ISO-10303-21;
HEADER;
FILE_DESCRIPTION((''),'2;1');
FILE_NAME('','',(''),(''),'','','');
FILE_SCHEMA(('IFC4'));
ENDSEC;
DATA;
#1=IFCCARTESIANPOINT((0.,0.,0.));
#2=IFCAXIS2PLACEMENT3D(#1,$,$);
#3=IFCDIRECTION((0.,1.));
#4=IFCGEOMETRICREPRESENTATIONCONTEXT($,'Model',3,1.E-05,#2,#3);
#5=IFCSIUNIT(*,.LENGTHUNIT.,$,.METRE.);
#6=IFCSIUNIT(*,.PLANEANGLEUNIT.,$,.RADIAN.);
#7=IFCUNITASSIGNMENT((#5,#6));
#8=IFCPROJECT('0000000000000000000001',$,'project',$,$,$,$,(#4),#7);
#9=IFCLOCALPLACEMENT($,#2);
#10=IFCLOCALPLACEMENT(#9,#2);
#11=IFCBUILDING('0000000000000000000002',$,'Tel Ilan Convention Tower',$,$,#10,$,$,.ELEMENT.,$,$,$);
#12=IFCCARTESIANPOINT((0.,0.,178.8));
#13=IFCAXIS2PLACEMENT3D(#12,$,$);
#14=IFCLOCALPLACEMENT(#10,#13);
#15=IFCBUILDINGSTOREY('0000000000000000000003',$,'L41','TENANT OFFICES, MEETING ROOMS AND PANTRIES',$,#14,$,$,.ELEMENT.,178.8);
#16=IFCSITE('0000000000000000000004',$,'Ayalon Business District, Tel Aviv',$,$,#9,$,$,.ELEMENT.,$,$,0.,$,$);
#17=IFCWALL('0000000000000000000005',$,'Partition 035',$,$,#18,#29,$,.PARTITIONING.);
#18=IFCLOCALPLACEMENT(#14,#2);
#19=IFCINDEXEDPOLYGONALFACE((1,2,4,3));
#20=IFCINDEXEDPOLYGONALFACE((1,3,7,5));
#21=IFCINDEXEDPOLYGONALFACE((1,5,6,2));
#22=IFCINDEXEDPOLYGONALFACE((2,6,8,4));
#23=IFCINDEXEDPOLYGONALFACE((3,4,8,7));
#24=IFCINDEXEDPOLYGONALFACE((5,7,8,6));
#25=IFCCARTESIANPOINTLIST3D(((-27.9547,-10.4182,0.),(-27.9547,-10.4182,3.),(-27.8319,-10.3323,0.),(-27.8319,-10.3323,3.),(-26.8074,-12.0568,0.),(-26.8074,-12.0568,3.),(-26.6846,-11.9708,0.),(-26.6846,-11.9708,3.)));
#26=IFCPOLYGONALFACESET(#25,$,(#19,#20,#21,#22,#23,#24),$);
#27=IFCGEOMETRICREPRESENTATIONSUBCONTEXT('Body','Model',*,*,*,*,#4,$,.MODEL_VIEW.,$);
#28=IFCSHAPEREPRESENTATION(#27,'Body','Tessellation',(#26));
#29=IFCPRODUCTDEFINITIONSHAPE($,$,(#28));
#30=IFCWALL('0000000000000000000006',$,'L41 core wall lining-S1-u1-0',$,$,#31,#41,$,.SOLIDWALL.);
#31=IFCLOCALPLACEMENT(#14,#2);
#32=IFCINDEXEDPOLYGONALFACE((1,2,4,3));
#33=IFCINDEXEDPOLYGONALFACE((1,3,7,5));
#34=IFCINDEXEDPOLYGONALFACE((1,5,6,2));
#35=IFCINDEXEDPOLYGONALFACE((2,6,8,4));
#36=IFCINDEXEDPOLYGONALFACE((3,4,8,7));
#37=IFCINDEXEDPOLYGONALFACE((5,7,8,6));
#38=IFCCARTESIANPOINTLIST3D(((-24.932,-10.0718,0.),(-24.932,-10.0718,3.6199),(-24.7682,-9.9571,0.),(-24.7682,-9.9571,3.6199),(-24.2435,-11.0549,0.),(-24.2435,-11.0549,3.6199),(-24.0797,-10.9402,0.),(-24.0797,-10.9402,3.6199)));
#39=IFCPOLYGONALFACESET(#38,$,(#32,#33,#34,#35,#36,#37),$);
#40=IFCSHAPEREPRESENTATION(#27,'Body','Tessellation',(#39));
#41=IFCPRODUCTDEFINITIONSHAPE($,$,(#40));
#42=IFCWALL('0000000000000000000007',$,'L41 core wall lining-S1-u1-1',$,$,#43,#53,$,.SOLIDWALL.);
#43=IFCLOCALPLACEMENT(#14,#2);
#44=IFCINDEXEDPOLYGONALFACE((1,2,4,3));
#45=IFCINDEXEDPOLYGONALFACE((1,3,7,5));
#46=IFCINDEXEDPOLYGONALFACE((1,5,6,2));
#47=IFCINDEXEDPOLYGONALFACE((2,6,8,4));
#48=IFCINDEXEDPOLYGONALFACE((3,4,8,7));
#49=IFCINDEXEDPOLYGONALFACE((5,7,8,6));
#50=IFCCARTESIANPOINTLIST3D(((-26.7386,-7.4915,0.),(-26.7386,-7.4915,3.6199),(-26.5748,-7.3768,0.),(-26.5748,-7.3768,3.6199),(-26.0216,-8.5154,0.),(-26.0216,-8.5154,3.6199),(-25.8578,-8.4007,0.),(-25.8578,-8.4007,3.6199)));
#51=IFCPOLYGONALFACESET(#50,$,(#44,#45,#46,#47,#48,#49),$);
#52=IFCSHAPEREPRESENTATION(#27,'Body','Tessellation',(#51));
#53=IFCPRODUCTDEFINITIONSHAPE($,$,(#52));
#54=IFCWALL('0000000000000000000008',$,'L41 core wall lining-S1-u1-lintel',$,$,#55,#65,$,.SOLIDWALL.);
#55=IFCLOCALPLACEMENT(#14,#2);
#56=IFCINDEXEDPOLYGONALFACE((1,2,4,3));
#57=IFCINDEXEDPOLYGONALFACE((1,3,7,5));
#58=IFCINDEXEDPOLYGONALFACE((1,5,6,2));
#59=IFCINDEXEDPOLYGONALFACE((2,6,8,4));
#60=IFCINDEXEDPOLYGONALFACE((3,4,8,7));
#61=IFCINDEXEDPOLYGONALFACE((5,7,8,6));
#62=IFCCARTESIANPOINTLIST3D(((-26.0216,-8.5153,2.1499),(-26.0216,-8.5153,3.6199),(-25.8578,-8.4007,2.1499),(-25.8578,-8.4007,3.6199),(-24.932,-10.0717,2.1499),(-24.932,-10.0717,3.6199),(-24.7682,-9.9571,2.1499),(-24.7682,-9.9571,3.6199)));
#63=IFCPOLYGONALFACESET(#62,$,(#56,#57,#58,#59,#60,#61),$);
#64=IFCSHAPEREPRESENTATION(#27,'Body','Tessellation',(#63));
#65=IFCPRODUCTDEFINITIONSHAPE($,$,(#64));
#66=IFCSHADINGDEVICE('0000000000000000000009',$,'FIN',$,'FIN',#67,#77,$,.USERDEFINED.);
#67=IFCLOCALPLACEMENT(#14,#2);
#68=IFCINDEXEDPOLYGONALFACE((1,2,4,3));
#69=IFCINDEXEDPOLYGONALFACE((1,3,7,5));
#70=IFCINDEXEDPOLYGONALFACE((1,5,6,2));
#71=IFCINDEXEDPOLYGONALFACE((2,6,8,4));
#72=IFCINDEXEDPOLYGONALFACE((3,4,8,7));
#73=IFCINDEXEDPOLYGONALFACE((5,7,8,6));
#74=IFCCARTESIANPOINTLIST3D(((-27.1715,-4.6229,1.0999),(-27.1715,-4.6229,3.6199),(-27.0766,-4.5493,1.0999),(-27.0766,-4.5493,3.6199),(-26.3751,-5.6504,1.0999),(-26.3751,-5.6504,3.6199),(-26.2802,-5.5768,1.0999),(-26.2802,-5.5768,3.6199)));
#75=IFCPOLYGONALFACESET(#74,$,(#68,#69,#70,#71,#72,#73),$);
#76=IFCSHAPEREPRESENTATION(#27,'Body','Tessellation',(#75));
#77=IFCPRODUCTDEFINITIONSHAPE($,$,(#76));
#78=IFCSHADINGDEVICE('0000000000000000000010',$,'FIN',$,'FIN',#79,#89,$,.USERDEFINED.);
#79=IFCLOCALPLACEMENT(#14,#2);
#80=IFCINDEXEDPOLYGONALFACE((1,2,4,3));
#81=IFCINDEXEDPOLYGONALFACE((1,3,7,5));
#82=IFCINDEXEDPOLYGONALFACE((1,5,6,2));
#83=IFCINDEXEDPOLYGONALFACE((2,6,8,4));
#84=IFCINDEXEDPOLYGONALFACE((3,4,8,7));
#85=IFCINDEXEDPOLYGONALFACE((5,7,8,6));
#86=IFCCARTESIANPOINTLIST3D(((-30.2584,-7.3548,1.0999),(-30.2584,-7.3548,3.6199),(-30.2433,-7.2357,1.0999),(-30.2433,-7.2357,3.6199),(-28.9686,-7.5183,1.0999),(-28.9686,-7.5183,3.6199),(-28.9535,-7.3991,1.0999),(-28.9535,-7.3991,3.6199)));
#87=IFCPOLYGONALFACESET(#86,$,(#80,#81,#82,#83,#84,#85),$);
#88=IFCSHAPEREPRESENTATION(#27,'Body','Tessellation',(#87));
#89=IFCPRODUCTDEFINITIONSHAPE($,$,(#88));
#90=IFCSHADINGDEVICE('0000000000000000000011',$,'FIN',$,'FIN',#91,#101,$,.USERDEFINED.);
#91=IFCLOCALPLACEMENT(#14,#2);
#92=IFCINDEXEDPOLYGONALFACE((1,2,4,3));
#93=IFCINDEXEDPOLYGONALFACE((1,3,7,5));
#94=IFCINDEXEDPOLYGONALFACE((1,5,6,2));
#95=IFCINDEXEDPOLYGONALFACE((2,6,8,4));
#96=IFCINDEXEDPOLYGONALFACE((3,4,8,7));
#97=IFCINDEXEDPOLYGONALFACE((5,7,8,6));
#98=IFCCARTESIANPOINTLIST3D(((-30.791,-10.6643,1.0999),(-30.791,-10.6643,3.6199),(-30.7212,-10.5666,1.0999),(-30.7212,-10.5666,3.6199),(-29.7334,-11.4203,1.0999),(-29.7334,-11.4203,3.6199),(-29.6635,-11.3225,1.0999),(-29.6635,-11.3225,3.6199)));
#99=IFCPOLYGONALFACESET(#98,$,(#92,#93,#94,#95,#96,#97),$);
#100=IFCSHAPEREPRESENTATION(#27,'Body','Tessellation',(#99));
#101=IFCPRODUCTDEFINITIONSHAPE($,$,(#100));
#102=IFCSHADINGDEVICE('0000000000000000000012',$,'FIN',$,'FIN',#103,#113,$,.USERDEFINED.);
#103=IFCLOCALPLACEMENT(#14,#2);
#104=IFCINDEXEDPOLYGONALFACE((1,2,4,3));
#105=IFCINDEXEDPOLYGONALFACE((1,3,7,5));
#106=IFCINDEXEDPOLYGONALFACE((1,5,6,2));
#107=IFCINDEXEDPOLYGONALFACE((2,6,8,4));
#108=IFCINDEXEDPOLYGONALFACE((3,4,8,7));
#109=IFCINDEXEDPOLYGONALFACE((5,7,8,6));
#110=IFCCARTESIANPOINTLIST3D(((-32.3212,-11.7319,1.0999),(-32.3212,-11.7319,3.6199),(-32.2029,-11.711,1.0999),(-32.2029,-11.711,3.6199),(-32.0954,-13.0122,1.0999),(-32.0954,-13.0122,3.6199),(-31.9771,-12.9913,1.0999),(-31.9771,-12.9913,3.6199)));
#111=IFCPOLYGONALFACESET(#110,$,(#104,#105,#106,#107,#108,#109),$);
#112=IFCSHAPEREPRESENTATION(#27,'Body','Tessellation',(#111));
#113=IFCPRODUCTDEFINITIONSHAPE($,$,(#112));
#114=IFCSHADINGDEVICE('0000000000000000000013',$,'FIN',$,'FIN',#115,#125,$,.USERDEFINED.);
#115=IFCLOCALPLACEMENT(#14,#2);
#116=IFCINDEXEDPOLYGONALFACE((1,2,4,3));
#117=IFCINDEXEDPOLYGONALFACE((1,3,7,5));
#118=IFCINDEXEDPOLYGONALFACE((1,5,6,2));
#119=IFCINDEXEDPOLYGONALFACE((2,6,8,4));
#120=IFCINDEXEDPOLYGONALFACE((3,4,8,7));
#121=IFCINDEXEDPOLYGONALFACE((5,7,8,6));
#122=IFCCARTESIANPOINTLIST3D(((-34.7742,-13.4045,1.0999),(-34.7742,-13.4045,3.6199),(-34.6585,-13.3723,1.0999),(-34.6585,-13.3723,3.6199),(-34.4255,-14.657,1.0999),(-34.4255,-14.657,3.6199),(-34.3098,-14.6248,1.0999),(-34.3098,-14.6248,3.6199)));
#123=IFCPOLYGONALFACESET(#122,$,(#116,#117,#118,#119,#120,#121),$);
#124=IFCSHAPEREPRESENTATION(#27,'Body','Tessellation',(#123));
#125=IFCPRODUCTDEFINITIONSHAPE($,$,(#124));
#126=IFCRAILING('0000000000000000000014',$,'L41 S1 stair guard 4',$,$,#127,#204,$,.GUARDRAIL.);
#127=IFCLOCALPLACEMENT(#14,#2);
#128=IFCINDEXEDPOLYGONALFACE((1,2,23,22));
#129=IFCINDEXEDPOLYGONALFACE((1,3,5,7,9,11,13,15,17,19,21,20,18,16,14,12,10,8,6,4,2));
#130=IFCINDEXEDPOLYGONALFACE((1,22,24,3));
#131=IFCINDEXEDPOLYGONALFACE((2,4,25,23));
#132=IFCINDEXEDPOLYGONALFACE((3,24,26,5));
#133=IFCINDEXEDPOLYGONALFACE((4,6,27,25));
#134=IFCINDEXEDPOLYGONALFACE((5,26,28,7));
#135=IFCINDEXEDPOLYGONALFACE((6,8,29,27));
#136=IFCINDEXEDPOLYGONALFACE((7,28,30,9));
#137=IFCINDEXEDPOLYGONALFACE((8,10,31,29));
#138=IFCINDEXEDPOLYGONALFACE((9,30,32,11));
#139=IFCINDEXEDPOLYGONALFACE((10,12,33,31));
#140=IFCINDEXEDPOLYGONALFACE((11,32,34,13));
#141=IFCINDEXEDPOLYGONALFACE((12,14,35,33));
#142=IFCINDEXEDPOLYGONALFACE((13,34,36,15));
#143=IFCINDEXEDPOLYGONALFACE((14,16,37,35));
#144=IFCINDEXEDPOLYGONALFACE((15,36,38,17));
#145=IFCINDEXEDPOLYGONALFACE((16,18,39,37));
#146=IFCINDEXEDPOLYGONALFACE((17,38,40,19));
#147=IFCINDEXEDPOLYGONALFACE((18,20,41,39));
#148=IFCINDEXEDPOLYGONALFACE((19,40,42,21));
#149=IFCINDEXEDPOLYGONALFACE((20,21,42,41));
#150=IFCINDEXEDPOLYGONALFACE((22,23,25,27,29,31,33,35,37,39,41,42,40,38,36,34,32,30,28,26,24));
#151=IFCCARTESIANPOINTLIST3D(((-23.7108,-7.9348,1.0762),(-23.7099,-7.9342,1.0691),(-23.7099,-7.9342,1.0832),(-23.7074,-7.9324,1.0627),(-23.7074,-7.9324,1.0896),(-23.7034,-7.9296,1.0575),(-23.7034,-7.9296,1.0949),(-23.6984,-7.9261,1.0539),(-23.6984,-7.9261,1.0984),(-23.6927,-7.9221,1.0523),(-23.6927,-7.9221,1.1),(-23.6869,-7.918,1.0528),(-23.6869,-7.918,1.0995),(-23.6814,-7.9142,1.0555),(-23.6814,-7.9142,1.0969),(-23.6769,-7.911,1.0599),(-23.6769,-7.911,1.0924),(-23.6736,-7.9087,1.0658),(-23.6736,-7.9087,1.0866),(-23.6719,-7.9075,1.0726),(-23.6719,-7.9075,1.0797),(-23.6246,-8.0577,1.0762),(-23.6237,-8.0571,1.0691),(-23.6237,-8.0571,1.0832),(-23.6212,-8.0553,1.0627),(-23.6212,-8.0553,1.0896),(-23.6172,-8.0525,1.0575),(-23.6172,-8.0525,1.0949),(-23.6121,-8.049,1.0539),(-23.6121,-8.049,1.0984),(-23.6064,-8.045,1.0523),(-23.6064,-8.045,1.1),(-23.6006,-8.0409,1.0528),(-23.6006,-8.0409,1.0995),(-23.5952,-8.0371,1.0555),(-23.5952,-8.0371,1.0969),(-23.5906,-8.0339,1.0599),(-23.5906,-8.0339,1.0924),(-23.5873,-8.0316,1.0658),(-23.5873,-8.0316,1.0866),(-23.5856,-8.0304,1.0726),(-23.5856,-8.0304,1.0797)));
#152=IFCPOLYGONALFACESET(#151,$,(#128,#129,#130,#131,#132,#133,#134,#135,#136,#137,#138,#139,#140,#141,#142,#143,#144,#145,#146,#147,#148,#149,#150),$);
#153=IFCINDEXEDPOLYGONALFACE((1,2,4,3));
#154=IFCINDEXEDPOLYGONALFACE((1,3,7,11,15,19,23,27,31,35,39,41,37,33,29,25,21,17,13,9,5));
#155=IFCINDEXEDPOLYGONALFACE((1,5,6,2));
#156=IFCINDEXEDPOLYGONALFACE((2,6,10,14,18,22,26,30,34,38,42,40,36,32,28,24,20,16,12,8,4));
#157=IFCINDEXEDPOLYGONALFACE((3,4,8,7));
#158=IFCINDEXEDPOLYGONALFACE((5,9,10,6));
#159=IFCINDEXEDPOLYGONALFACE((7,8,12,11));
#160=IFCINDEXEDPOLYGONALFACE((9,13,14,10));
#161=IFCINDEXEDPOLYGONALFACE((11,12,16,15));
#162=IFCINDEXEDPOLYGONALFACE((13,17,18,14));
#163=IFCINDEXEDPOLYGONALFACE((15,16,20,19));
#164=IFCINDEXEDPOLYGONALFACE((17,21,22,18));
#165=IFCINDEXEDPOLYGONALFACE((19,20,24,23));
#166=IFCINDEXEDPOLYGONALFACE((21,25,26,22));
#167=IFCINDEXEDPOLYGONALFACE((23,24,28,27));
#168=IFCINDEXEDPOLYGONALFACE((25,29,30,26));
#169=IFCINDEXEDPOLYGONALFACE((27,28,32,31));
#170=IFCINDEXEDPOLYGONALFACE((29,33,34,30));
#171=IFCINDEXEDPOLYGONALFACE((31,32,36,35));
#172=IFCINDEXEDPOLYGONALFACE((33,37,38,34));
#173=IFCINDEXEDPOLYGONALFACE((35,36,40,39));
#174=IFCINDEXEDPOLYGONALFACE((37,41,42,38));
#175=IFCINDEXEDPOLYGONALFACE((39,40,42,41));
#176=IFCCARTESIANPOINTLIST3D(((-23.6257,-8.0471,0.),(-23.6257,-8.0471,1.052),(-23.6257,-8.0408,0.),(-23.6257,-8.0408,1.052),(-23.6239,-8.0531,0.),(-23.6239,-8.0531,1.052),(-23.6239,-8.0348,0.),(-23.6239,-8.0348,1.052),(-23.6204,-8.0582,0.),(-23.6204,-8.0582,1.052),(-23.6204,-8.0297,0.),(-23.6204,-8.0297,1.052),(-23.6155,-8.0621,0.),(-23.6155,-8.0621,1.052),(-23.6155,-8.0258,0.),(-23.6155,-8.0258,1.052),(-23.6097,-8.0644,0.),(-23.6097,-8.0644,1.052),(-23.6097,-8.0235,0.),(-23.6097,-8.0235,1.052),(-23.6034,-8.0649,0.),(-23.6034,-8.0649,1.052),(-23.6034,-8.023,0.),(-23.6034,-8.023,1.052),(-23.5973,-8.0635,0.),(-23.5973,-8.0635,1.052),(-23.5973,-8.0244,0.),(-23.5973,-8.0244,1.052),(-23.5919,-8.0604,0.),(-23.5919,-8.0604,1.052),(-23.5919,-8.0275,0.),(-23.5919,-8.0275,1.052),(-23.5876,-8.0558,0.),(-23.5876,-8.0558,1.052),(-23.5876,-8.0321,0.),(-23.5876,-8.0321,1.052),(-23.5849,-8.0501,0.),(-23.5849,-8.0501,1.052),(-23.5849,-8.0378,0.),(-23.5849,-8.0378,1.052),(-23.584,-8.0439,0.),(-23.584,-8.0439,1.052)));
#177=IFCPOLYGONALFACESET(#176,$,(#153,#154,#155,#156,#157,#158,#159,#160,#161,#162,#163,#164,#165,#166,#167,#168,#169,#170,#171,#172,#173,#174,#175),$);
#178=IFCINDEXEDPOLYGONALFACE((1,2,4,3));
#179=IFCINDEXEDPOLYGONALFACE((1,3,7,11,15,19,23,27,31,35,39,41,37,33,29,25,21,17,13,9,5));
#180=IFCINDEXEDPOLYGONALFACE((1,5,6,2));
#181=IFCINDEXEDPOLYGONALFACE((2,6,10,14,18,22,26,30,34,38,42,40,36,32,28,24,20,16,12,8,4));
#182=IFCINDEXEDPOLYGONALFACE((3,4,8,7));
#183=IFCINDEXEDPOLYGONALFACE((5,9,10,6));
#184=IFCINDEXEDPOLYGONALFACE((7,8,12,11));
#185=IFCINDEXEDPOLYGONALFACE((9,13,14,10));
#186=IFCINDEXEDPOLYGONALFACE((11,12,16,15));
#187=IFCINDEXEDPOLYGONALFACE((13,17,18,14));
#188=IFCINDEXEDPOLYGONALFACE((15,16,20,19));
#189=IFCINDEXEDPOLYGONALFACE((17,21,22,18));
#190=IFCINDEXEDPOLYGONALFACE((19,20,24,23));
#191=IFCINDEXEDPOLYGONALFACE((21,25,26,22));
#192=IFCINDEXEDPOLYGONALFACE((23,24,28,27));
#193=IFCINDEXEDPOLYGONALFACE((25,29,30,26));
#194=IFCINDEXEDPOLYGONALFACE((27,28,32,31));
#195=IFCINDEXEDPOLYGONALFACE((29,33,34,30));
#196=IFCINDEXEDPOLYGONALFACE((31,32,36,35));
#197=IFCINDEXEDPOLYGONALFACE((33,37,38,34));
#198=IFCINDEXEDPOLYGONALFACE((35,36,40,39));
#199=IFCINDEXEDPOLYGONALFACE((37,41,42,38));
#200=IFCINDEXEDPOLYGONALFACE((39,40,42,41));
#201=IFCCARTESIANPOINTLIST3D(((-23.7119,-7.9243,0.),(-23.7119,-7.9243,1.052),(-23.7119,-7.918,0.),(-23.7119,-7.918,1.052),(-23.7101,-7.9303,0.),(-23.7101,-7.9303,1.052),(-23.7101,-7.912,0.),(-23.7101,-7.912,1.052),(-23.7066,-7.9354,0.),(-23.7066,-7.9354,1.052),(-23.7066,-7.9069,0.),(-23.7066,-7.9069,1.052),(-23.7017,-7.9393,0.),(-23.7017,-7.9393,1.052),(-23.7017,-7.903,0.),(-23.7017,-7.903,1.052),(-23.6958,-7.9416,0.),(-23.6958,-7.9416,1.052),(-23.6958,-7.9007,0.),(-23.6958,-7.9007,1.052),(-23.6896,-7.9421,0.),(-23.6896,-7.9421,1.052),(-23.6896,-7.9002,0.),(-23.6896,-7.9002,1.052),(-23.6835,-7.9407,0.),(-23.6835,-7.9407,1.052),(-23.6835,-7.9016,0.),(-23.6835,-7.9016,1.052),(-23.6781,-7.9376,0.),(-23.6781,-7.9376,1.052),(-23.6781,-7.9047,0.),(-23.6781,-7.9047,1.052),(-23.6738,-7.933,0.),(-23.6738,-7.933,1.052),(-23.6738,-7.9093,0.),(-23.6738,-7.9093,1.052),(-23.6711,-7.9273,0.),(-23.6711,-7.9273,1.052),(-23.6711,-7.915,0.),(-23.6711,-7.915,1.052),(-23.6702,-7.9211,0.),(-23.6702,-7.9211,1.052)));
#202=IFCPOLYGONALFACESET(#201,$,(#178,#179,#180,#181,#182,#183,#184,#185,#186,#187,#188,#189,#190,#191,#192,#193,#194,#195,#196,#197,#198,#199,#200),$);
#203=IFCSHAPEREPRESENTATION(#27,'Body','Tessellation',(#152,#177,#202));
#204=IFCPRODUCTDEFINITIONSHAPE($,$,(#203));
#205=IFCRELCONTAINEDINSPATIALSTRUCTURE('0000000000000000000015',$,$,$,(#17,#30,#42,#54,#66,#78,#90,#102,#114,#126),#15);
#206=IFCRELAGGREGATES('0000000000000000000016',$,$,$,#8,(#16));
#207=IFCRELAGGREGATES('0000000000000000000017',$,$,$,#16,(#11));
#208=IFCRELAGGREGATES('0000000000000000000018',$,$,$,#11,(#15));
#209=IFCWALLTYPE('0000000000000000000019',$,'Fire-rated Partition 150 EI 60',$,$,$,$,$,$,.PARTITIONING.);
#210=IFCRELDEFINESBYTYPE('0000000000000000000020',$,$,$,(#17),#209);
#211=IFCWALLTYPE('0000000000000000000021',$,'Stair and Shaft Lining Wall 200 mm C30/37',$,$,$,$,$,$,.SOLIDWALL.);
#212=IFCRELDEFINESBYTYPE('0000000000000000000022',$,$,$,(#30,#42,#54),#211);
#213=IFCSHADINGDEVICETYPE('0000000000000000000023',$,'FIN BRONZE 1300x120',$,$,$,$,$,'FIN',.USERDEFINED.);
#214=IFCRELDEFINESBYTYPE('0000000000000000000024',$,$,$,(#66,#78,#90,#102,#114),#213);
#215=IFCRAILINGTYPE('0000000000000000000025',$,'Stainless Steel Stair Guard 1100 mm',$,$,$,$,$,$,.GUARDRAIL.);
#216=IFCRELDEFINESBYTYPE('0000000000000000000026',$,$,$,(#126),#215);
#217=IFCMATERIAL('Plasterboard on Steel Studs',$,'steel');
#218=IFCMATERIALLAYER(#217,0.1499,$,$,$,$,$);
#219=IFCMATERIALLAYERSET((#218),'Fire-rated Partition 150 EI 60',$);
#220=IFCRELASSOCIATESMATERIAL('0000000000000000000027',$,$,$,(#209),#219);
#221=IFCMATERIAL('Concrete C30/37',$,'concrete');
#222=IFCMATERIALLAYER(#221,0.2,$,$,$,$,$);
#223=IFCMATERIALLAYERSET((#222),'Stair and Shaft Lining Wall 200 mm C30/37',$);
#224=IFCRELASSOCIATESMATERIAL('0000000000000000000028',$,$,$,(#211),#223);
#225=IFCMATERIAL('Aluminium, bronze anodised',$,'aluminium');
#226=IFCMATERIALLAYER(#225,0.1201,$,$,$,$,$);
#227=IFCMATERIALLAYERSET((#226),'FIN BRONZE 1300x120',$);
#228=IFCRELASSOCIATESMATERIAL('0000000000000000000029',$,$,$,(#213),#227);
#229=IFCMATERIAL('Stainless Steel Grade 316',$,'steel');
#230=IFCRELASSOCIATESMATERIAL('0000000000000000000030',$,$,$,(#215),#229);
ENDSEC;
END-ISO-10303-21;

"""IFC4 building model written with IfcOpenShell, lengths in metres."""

from ifc_helpers import new_model, si_unit, direction, frame, frame_2d, origin, origin_2d, place, context, subcontext, project, spatial, rectangle, circle, extrude, material, layer, layer_set, type_object, element, save


model = new_model("IFC4")

# Units and contexts
model_context = context("Model", 3, precision=1e-05, world=origin(), true_north=direction((0.0, 1.0)))
body_context = subcontext(model_context, "Body", "Model", "MODEL_VIEW")
ifc_project = project(units=[si_unit("LENGTHUNIT", "METRE"), si_unit("PLANEANGLEUNIT", "RADIAN")], contexts=[model_context])

# Site, building, storey
site_placement = place(None, origin())
site = spatial("IfcSite", under=ifc_project, at=site_placement, Name="Ayalon Business District, Tel Aviv", CompositionType="ELEMENT", RefElevation=0.0)
building_placement = place(site_placement, origin())
building = spatial("IfcBuilding", under=site, at=building_placement, Name="Tel Ilan Convention Tower", CompositionType="ELEMENT")
storey_placement = place(building_placement, frame((0.0, 0.0, 178.8)))
storey = spatial("IfcBuildingStorey", under=building, at=storey_placement, Name="L41", Description="TENANT OFFICES, MEETING ROOMS AND PANTRIES", CompositionType="ELEMENT", Elevation=178.8)

# Walls
ifc_material_1 = material(Name="Plasterboard on Steel Studs", Category="steel")
ifc_layer_1 = layer(ifc_material_1, 0.1499)
ifc_layer_set_1 = layer_set([ifc_layer_1], Name="Fire-rated Partition 150 EI 60")
wall_type_1 = type_object("IfcWallType", Name="Fire-rated Partition 150 EI 60", PredefinedType="PARTITIONING", material=ifc_layer_set_1)
wall_1_placement = place(storey_placement, frame((-26.7461, -12.0137, 0.0), z_axis=(0.0, 0.0, 1.0), x_axis=(-0.573569, 0.819157, 0.0)))
element("IfcWall", 1, at=wall_1_placement, inside=storey, type_object=wall_type_1, Name="Partition 035", PredefinedType="PARTITIONING", context=body_context, shape_type="SweptSolid", body=[
    extrude(rectangle(XDim=2.0002, YDim=0.1499, at=frame_2d((1.0, 0.0))), origin(), (0.0, 0.0, 1.0), 3.0),
])
ifc_material_2 = material(Name="Concrete C30/37", Category="concrete")
ifc_layer_2 = layer(ifc_material_2, 0.2)
ifc_layer_set_2 = layer_set([ifc_layer_2], Name="Stair and Shaft Lining Wall 200 mm C30/37")
wall_type_2 = type_object("IfcWallType", Name="Stair and Shaft Lining Wall 200 mm C30/37", PredefinedType="SOLIDWALL", material=ifc_layer_set_2)
wall_2_placement = place(storey_placement, frame((-24.1616, -10.9976, 0.0), z_axis=(0.0, 0.0, 1.0), x_axis=(-0.573613, 0.819127, 0.0)))
element("IfcWall", 2, at=wall_2_placement, inside=storey, type_object=wall_type_2, Name="L41 core wall lining-S1-u1-0", PredefinedType="SOLIDWALL", context=body_context, shape_type="SweptSolid", body=[
    extrude(rectangle(XDim=1.2002, YDim=0.2, at=frame_2d((0.6001, 0.0))), origin(), (0.0, 0.0, 1.0), 3.6199),
])
wall_3_placement = place(storey_placement, frame((-25.9397, -8.458, 0.0), z_axis=(0.0, 0.0, 1.0), x_axis=(-0.57362, 0.819122, 0.0)))
element("IfcWall", 3, at=wall_3_placement, inside=storey, type_object=wall_type_2, Name="L41 core wall lining-S1-u1-1", PredefinedType="SOLIDWALL", context=body_context, shape_type="SweptSolid", body=[
    extrude(rectangle(XDim=1.25, YDim=0.2, at=frame_2d((0.625, 0.0))), origin(), (0.0, 0.0, 1.0), 3.6199),
])
wall_4_placement = place(storey_placement, frame((-24.8501, -10.0144, 2.1499), z_axis=(0.0, 0.0, 1.0), x_axis=(-0.573505, 0.819202, 0.0)))
element("IfcWall", 4, at=wall_4_placement, inside=storey, type_object=wall_type_2, Name="L41 core wall lining-S1-u1-lintel", PredefinedType="SOLIDWALL", context=body_context, shape_type="SweptSolid", body=[
    extrude(rectangle(XDim=1.8999, YDim=0.2, at=frame_2d((0.95, 0.0))), origin(), (0.0, 0.0, 1.0), 1.47),
])

# Shading devices
ifc_material_3 = material(Name="Aluminium, bronze anodised", Category="aluminium")
ifc_layer_3 = layer(ifc_material_3, 0.1201)
ifc_layer_set_3 = layer_set([ifc_layer_3], Name="FIN BRONZE 1300x120")
shading_device_type = type_object("IfcShadingDeviceType", Name="FIN BRONZE 1300x120", ElementType="FIN", PredefinedType="USERDEFINED", material=ifc_layer_set_3)
for number, where, z_axis, x_axis, name in (
    (5, (-26.7258, -5.0999, 1.0999), (0.0, 0.0, 1.0), (-0.612601, 0.790393, 0.0), "FIN"),
    (6, (-29.606, -7.377, 1.0999), (0.0, 0.0, 1.0), (-0.992066, 0.125718, 0.0), "FIN"),
    (7, (-30.2273, -10.9934, 1.0999), (0.0, 0.0, 1.0), (-0.813552, 0.581492, 0.0), "FIN"),
    (8, (-32.1492, -12.3616, 1.0999), (0.0, 0.0, 1.0), (-0.173648, 0.984808, 0.0), "FIN"),
    (9, (-34.542, -14.0146, 1.0999), (0.0, 0.0, 1.0), (-0.268173, 0.963371, 0.0), "FIN"),
):
    element("IfcShadingDevice", number, at=place(storey_placement, frame(where, z_axis=z_axis, x_axis=x_axis)), inside=storey, type_object=shading_device_type, Name=name, ObjectType="FIN", PredefinedType="USERDEFINED", context=body_context, shape_type="SweptSolid", body=[
        extrude(rectangle(XDim=1.3, YDim=0.1201, at=origin_2d()), origin(), (0.0, 0.0, 1.0), 2.52),
    ])

# Railing
ifc_material_4 = material(Name="Stainless Steel Grade 316", Category="steel")
railing_type = type_object("IfcRailingType", Name="Stainless Steel Stair Guard 1100 mm", PredefinedType="GUARDRAIL", material=ifc_material_4)
railing_placement = place(storey_placement, frame((-23.605, -8.0439, 0.0)))
element("IfcRailing", 10, at=railing_placement, inside=storey, type_object=railing_type, Name="L41 S1 stair guard 4", PredefinedType="GUARDRAIL", context=body_context, shape_type="SweptSolid", body=[
    extrude(circle(Radius=0.0239, at=origin_2d()), frame((0.0, 0.0, 1.0762), z_axis=(-0.574445, 0.818543, 0.0), x_axis=(-0.818543, -0.574445, 0.0)), (0.0, 0.0, 1.0), 0.1501),
    extrude(circle(Radius=0.021, at=origin_2d()), origin(), (0.0, 0.0, 1.0), 1.052),
    extrude(circle(Radius=0.021, at=origin_2d()), frame((-0.0862, 0.1228, 0.0)), (0.0, 0.0, 1.0), 1.052),
])

save(model, "model.ifc")
